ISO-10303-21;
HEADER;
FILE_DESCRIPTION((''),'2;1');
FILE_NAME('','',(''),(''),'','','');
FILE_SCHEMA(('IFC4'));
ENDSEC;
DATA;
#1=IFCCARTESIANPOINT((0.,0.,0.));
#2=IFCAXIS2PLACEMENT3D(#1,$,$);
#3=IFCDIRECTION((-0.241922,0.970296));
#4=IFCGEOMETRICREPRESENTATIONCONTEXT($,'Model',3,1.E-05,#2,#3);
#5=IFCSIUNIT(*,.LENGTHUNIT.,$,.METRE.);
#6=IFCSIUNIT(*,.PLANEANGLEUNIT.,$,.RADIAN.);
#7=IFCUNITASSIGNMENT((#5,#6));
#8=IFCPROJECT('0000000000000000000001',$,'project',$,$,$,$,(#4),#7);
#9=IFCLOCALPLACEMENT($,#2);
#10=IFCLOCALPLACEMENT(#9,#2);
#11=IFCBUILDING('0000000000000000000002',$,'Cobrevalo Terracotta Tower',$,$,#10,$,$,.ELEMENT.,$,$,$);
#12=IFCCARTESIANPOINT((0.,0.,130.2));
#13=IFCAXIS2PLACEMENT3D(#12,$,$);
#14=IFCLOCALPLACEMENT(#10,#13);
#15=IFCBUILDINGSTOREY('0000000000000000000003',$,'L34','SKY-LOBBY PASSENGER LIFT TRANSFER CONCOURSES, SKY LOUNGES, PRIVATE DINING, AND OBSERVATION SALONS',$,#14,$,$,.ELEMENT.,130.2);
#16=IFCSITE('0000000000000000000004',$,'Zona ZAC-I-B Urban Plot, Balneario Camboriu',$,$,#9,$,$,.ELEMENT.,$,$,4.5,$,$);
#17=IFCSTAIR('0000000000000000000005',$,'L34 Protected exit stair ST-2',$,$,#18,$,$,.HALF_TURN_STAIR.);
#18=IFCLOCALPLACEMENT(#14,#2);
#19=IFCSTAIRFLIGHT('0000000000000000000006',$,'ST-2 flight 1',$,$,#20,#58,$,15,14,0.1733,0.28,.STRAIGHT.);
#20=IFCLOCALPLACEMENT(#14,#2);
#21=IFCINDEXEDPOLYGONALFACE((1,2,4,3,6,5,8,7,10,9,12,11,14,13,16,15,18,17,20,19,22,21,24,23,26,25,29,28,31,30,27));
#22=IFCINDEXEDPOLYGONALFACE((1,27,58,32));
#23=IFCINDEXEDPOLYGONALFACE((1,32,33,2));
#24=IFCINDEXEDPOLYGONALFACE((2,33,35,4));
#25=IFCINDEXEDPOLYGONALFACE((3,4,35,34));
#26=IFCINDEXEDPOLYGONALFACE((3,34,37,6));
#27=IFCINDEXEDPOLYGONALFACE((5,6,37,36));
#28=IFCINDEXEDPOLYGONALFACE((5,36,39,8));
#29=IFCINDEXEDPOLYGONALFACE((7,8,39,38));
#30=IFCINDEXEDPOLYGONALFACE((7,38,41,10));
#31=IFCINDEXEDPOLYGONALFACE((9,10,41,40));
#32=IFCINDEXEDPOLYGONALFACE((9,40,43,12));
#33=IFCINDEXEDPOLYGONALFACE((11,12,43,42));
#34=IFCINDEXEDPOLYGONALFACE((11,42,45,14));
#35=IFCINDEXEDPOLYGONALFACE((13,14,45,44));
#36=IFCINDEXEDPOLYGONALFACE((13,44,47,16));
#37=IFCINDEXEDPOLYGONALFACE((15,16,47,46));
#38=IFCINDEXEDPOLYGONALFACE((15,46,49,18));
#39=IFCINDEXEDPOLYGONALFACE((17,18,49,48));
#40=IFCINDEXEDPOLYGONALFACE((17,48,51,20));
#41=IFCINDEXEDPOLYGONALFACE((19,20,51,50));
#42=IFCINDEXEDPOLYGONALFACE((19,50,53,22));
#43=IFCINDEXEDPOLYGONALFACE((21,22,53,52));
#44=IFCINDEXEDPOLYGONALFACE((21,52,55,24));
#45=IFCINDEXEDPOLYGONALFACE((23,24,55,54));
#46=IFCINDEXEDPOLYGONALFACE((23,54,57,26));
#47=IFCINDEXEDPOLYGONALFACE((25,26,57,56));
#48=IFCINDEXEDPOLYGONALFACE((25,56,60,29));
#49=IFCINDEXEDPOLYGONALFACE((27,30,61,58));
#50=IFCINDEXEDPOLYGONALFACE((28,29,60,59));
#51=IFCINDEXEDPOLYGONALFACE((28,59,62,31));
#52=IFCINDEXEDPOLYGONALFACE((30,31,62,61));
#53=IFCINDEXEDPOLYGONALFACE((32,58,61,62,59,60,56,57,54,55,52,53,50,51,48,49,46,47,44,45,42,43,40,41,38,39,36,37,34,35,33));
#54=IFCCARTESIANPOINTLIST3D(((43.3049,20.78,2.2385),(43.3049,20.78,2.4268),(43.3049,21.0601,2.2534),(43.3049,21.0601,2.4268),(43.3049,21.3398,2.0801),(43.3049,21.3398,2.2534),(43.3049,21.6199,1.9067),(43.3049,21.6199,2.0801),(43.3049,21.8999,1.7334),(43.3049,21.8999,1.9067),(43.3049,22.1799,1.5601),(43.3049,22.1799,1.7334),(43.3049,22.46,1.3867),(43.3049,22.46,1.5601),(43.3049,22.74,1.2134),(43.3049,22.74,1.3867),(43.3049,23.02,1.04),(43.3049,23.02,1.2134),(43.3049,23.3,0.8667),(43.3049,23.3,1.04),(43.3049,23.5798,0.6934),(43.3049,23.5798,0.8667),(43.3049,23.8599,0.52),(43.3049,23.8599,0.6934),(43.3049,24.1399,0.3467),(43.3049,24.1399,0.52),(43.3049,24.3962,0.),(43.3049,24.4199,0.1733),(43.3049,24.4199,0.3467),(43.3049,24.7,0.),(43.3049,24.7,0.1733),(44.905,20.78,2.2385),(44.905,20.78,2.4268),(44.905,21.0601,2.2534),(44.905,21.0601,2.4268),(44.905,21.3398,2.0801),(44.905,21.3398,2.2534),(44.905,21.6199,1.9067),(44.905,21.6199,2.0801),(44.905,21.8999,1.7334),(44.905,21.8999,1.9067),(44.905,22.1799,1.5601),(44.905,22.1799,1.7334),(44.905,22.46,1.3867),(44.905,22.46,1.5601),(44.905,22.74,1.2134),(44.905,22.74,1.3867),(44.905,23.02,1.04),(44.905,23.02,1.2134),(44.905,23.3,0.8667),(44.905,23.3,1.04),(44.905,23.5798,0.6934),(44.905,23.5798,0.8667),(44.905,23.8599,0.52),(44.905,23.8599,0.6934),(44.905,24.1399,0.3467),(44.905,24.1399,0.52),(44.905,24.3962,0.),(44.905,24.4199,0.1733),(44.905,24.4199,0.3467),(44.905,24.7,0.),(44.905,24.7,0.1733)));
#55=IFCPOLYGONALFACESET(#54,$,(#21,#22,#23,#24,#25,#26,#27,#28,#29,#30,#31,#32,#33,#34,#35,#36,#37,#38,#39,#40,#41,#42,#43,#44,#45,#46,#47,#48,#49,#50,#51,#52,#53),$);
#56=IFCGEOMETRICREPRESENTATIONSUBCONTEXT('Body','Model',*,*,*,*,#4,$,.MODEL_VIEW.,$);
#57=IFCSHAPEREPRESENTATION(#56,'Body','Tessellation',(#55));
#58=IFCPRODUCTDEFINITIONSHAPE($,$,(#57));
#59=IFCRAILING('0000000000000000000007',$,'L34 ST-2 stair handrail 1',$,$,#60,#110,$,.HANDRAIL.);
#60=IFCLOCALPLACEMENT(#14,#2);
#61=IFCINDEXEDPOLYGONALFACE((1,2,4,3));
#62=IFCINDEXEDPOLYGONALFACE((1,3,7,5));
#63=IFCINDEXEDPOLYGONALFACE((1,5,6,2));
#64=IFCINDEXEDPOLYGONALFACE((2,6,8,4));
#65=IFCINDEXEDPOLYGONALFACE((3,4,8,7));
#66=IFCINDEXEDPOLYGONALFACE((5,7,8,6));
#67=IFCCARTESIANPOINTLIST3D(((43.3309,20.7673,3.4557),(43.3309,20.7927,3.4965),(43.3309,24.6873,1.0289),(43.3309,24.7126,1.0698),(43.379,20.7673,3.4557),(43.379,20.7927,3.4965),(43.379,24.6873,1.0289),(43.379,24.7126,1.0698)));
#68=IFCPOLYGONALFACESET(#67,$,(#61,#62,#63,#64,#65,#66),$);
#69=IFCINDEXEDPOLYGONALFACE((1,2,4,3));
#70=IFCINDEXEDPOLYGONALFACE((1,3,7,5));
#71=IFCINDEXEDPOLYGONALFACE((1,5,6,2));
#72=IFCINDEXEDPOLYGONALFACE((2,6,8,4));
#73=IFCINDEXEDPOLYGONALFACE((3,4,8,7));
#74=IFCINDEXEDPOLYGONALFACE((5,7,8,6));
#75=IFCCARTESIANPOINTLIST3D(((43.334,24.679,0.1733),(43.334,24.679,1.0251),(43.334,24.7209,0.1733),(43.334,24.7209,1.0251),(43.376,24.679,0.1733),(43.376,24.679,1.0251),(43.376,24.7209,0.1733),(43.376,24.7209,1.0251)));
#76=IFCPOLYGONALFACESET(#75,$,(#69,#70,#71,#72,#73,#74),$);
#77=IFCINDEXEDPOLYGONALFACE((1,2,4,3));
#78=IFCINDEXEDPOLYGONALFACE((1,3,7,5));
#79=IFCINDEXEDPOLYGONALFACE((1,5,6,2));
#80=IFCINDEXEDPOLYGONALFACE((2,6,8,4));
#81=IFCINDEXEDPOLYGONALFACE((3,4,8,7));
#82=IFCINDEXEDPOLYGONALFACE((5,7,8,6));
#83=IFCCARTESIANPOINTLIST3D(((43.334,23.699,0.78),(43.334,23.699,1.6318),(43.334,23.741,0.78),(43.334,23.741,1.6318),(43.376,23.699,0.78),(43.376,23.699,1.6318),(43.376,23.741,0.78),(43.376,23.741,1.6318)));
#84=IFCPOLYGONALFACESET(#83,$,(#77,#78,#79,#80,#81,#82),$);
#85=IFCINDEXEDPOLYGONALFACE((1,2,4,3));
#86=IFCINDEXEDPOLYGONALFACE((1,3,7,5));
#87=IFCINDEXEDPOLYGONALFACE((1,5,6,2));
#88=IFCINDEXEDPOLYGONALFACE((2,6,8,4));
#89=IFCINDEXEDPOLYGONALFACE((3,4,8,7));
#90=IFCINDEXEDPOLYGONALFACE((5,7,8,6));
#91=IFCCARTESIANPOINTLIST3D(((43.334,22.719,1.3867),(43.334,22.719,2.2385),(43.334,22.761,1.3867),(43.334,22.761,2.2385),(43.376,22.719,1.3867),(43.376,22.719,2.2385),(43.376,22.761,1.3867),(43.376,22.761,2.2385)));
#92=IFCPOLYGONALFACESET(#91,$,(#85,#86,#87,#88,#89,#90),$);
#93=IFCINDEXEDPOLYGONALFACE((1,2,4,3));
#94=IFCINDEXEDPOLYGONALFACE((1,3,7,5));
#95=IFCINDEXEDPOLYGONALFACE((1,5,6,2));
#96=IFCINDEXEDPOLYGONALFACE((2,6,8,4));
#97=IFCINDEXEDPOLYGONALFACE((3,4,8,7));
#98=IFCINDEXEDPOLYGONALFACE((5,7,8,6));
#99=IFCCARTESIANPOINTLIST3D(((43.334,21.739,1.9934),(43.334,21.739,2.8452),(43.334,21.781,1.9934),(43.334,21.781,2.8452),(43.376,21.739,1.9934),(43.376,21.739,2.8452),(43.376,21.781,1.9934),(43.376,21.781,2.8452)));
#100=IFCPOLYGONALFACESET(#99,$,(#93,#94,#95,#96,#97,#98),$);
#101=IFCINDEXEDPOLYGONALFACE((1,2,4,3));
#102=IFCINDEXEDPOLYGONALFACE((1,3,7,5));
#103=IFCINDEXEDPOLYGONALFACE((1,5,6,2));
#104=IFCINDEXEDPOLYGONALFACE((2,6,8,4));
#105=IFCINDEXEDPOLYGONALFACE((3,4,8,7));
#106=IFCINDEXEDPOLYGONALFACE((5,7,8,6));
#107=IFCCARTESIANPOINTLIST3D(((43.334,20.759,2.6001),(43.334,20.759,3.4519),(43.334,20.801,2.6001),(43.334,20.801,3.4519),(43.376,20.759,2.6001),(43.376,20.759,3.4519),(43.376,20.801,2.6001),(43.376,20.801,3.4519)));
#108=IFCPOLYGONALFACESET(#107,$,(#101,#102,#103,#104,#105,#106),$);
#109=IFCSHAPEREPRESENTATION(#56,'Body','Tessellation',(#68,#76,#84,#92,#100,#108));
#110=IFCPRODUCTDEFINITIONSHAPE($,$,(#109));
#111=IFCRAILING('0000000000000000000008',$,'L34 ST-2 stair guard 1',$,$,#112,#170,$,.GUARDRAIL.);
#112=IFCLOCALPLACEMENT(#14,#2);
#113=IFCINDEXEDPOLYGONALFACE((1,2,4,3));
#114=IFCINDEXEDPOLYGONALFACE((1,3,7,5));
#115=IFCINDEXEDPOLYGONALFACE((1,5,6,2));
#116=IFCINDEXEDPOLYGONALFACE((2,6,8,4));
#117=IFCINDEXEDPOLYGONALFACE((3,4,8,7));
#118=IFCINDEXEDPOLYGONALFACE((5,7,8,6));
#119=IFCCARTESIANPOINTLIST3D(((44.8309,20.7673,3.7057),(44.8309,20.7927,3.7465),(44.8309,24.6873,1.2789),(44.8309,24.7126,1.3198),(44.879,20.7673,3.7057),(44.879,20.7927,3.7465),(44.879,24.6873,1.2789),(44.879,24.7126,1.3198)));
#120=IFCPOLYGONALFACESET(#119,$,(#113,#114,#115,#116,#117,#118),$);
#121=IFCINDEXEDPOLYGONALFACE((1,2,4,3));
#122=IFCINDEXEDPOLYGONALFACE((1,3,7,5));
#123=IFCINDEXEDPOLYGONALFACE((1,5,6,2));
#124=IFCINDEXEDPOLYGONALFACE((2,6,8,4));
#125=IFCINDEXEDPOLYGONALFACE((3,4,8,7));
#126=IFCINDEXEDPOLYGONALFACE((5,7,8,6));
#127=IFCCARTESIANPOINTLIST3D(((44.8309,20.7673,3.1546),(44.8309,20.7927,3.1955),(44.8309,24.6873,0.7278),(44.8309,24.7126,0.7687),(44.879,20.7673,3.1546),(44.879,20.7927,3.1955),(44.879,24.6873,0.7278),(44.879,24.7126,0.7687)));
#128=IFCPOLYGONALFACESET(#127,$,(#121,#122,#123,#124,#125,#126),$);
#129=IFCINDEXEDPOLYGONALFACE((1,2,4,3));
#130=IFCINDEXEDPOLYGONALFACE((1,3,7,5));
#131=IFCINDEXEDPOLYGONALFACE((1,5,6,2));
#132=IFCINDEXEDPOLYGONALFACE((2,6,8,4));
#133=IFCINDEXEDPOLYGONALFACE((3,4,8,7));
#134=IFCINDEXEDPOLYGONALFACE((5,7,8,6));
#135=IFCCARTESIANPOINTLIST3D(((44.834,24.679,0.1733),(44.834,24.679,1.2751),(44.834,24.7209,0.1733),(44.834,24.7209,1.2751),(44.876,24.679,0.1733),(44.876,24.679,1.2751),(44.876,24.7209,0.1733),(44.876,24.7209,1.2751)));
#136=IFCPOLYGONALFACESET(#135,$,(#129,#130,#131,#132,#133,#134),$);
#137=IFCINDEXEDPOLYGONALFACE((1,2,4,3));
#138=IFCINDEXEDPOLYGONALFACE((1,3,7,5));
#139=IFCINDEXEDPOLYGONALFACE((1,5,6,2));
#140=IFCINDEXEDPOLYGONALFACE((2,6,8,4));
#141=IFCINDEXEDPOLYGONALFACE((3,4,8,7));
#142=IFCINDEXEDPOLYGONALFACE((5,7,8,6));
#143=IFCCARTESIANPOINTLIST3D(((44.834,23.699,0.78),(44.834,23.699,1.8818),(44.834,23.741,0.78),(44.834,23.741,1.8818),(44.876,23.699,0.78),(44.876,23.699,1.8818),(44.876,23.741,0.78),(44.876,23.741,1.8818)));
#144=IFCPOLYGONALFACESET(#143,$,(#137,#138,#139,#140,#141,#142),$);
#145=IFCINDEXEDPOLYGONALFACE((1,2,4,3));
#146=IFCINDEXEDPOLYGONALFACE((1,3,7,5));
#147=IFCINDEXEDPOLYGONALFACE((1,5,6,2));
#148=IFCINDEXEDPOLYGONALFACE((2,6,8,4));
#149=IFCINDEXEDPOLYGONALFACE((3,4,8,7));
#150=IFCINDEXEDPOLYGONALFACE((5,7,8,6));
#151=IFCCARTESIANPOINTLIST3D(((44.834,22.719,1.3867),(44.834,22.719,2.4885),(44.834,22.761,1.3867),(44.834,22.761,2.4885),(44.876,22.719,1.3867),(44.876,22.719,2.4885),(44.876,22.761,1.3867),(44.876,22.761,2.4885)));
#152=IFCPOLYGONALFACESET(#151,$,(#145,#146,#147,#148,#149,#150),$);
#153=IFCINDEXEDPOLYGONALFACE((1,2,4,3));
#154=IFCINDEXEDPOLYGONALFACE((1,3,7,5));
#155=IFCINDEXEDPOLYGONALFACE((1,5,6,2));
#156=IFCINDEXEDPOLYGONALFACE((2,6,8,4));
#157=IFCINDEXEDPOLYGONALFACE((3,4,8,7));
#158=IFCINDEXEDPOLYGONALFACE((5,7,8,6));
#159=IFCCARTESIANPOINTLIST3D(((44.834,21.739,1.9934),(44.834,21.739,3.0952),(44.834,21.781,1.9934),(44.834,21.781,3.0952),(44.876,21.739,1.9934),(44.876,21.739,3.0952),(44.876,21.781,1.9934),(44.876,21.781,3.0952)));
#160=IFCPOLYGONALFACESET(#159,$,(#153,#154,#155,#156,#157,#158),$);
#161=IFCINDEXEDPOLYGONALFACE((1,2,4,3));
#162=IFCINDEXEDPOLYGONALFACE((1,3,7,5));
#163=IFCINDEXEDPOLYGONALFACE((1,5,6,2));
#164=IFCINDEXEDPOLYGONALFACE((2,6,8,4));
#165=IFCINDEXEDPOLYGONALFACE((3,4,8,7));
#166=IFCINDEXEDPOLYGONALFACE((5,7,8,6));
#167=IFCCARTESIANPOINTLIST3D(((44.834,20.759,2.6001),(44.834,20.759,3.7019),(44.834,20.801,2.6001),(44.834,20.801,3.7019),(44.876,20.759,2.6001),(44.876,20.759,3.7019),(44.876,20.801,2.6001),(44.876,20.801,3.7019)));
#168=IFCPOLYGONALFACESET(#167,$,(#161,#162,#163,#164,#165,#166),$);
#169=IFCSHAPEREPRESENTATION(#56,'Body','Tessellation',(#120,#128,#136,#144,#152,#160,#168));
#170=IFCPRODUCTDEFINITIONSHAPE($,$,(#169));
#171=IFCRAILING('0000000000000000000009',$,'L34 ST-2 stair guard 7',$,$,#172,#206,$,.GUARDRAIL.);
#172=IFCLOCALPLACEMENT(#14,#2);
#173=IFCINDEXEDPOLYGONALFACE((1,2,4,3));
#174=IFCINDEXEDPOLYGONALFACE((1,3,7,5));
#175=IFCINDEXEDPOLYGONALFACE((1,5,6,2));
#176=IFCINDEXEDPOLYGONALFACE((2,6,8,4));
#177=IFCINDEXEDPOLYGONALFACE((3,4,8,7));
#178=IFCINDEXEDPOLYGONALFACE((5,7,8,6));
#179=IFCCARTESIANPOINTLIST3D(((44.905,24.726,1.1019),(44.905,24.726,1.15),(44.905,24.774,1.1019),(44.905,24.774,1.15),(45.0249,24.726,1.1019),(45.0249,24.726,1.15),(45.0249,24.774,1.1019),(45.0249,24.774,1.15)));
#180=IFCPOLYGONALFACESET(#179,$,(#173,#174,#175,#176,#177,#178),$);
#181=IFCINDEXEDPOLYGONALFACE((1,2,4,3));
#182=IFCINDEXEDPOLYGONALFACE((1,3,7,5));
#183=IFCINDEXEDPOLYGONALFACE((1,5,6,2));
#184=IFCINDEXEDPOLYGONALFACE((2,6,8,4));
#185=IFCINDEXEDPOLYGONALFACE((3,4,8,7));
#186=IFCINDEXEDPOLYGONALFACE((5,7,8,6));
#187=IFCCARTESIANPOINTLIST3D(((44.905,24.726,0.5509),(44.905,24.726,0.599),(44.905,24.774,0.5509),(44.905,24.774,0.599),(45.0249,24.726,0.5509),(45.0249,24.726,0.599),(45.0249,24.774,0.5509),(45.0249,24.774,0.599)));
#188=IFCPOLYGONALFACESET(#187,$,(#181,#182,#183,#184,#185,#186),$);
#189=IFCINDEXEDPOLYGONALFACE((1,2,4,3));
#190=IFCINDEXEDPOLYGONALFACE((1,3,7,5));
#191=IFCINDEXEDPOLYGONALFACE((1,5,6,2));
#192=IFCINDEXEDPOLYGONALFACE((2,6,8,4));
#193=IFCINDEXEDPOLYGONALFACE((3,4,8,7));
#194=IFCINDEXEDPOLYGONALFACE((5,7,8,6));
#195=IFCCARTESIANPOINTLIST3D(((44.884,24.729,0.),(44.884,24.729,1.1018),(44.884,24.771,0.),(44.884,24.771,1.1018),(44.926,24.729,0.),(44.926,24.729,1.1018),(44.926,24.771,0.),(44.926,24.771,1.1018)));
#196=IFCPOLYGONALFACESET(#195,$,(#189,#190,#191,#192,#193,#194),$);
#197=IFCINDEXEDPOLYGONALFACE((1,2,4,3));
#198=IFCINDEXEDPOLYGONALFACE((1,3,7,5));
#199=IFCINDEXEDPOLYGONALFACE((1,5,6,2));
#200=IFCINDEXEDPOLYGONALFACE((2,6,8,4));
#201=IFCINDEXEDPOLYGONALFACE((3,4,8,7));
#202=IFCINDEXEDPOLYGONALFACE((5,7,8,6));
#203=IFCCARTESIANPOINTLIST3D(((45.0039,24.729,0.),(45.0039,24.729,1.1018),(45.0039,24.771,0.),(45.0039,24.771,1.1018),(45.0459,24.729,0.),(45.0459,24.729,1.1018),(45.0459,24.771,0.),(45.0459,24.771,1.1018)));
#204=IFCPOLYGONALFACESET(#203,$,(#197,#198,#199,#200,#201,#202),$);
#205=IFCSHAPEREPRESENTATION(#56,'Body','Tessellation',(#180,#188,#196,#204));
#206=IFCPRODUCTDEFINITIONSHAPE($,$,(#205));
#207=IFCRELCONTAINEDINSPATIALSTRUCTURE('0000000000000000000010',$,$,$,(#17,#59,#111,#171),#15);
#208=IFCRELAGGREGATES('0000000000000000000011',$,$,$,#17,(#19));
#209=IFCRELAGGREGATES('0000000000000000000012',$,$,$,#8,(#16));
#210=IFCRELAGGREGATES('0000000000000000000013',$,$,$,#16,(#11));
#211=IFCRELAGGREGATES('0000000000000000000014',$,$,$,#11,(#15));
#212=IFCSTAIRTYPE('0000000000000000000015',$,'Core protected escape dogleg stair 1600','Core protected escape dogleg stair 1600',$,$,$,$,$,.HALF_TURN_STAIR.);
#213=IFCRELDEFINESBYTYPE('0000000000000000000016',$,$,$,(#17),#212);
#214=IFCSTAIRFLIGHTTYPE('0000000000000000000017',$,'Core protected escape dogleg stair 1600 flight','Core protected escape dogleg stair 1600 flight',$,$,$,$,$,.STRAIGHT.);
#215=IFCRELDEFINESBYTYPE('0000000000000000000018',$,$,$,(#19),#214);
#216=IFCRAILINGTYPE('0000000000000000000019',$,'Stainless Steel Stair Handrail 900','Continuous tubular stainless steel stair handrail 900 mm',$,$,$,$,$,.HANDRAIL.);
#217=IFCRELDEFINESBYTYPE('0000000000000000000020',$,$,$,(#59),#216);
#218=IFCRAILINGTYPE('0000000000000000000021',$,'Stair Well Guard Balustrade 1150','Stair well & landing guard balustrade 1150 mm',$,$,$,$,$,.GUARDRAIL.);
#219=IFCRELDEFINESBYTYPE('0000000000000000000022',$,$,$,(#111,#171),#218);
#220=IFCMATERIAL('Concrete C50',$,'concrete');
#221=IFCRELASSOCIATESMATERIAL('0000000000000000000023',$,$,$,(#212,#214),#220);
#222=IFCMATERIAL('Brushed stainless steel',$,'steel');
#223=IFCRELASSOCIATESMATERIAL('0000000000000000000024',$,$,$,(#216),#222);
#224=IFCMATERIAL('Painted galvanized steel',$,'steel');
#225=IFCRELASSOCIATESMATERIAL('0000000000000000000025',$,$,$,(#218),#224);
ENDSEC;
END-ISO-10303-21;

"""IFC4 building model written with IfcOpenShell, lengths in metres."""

from ifc_helpers import new_model, si_unit, direction, frame, origin, origin_2d, place, context, subcontext, project, spatial, polyline, rectangle, outline, extrude, material, type_object, element, aggregate, save


model = new_model("IFC4")

# Units and contexts
model_context = context("Model", 3, precision=1e-05, world=origin(), true_north=direction((-0.241922, 0.970296)))
body_context = subcontext(model_context, "Body", "Model", "MODEL_VIEW")
ifc_project = project(units=[si_unit("LENGTHUNIT", "METRE"), si_unit("PLANEANGLEUNIT", "RADIAN")], contexts=[model_context])

# Site, building, storey
site_placement = place(None, origin())
site = spatial("IfcSite", under=ifc_project, at=site_placement, Name="Zona ZAC-I-B Urban Plot, Balneario Camboriu", CompositionType="ELEMENT", RefElevation=4.5)
building_placement = place(site_placement, origin())
building = spatial("IfcBuilding", under=site, at=building_placement, Name="Cobrevalo Terracotta Tower", CompositionType="ELEMENT")
storey_placement = place(building_placement, frame((0.0, 0.0, 130.2)))
storey = spatial("IfcBuildingStorey", under=building, at=storey_placement, Name="L34", Description="SKY-LOBBY PASSENGER LIFT TRANSFER CONCOURSES, SKY LOUNGES, PRIVATE DINING, AND OBSERVATION SALONS", CompositionType="ELEMENT", Elevation=130.2)

# Shared definitions
ifc_material_1 = material(Name="Brushed stainless steel", Category="steel")

# Shared definitions
ifc_material_2 = material(Name="Concrete C50", Category="concrete")

# Stair, stair flight
stair_type = type_object("IfcStairType", Name="Core protected escape dogleg stair 1600", Description="Core protected escape dogleg stair 1600", PredefinedType="HALF_TURN_STAIR", material=ifc_material_2)
stair_placement = place(storey_placement, origin())
stair = element("IfcStair", 1, at=stair_placement, inside=storey, type_object=stair_type, Name="L34 Protected exit stair ST-2", PredefinedType="HALF_TURN_STAIR")
stair_flight_type = type_object("IfcStairFlightType", Name="Core protected escape dogleg stair 1600 flight", Description="Core protected escape dogleg stair 1600 flight", PredefinedType="STRAIGHT", material=ifc_material_2)
stair_flight_placement = place(storey_placement, frame((44.105, 24.7, 0.0), z_axis=(0.0, 0.0, 1.0), x_axis=(0.0, -1.0, 0.0)))
stair_flight = element("IfcStairFlight", 2, at=stair_flight_placement, type_object=stair_flight_type, Name="ST-2 flight 1", NumberOfRisers=15, NumberOfTreads=14, PredefinedType="STRAIGHT", RiserHeight=0.1733, TreadLength=0.28, context=body_context, shape_type="SweptSolid", body=[
    extrude(outline(polyline([(0.0, 0.0), (0.0, 0.1733), (0.28, 0.1733), (0.28, 0.3467), (0.5601, 0.3467), (0.5601, 0.52), (0.8401, 0.52), (0.8401, 0.6934), (1.1201, 0.6934), (1.1201, 0.8667), (1.3999, 0.8667), (1.3999, 1.04), (1.6799, 1.04), (1.6799, 1.2134), (1.96, 1.2134), (1.96, 1.3867), (2.24, 1.3867), (2.24, 1.5601), (2.52, 1.5601), (2.52, 1.7334), (2.8, 1.7334), (2.8, 1.9067), (3.0801, 1.9067), (3.0801, 2.0801), (3.3601, 2.0801), (3.3601, 2.2534), (3.6399, 2.2534), (3.6399, 2.4268), (3.9199, 2.4268), (3.9199, 2.6001), (3.9199, 2.2385), (0.3037, 0.0), (0.0, 0.0)])), frame((0.0, 0.8, 0.0), z_axis=(0.0, -1.0, 0.0), x_axis=(1.0, 0.0, 0.0)), (0.0, 0.0, 1.0), 1.6001),
])
aggregate(stair, [stair_flight])

# Railings
railing_type_1 = type_object("IfcRailingType", Name="Stainless Steel Stair Handrail 900", Description="Continuous tubular stainless steel stair handrail 900 mm", PredefinedType="HANDRAIL", material=ifc_material_1)
railing_1_placement = place(storey_placement, frame((43.355, 24.7, 0.1733)))
element("IfcRailing", 3, at=railing_1_placement, inside=storey, type_object=railing_type_1, Name="L34 ST-2 stair handrail 1", PredefinedType="HANDRAIL", context=body_context, shape_type="SweptSolid", body=[
    extrude(rectangle(XDim=0.0481, YDim=0.0481, at=origin_2d()), frame((0.0, 0.0, 0.876), z_axis=(0.0, -0.850252, 0.526376), x_axis=(1.0, 0.0, 0.0)), (0.0, 0.0, 1.0), 4.6104),
    extrude(rectangle(XDim=0.042, YDim=0.042, at=origin_2d()), origin(), (0.0, 0.0, 1.0), 0.8518),
    extrude(rectangle(XDim=0.042, YDim=0.042, at=origin_2d()), frame((0.0, -0.98, 0.6067)), (0.0, 0.0, 1.0), 0.8518),
    extrude(rectangle(XDim=0.042, YDim=0.042, at=origin_2d()), frame((0.0, -1.96, 1.2134)), (0.0, 0.0, 1.0), 0.8518),
    extrude(rectangle(XDim=0.042, YDim=0.042, at=origin_2d()), frame((0.0, -2.9399, 1.8201)), (0.0, 0.0, 1.0), 0.8518),
    extrude(rectangle(XDim=0.042, YDim=0.042, at=origin_2d()), frame((0.0, -3.9199, 2.4268)), (0.0, 0.0, 1.0), 0.8518),
])
ifc_material_3 = material(Name="Painted galvanized steel", Category="steel")
railing_type_2 = type_object("IfcRailingType", Name="Stair Well Guard Balustrade 1150", Description="Stair well & landing guard balustrade 1150 mm", PredefinedType="GUARDRAIL", material=ifc_material_3)
railing_2_placement = place(storey_placement, frame((44.855, 24.7, 0.1733)))
element("IfcRailing", 4, at=railing_2_placement, inside=storey, type_object=railing_type_2, Name="L34 ST-2 stair guard 1", PredefinedType="GUARDRAIL", context=body_context, shape_type="SweptSolid", body=[
    extrude(rectangle(XDim=0.0481, YDim=0.0481, at=origin_2d()), frame((0.0, 0.0, 1.126), z_axis=(0.0, -0.850252, 0.526376), x_axis=(1.0, 0.0, 0.0)), (0.0, 0.0, 1.0), 4.6104),
    extrude(rectangle(XDim=0.0481, YDim=0.0481, at=origin_2d()), frame((0.0, 0.0, 0.575), z_axis=(0.0, -0.850252, 0.526376), x_axis=(1.0, 0.0, 0.0)), (0.0, 0.0, 1.0), 4.6104),
    extrude(rectangle(XDim=0.042, YDim=0.042, at=origin_2d()), origin(), (0.0, 0.0, 1.0), 1.1018),
    extrude(rectangle(XDim=0.042, YDim=0.042, at=origin_2d()), frame((0.0, -0.98, 0.6067)), (0.0, 0.0, 1.0), 1.1018),
    extrude(rectangle(XDim=0.042, YDim=0.042, at=origin_2d()), frame((0.0, -1.96, 1.2134)), (0.0, 0.0, 1.0), 1.1018),
    extrude(rectangle(XDim=0.042, YDim=0.042, at=origin_2d()), frame((0.0, -2.9399, 1.8201)), (0.0, 0.0, 1.0), 1.1018),
    extrude(rectangle(XDim=0.042, YDim=0.042, at=origin_2d()), frame((0.0, -3.9199, 2.4268)), (0.0, 0.0, 1.0), 1.1018),
])
railing_3_placement = place(storey_placement, frame((44.905, 24.75, 0.0)))
element("IfcRailing", 5, at=railing_3_placement, inside=storey, type_object=railing_type_2, Name="L34 ST-2 stair guard 7", PredefinedType="GUARDRAIL", context=body_context, shape_type="SweptSolid", body=[
    extrude(rectangle(XDim=0.0481, YDim=0.0481, at=origin_2d()), frame((0.0, 0.0, 1.126), z_axis=(1.0, 0.0, 0.0), x_axis=(0.0, 1.0, 0.0)), (0.0, 0.0, 1.0), 0.1199),
    extrude(rectangle(XDim=0.0481, YDim=0.0481, at=origin_2d()), frame((0.0, 0.0, 0.575), z_axis=(1.0, 0.0, 0.0), x_axis=(0.0, 1.0, 0.0)), (0.0, 0.0, 1.0), 0.1199),
    extrude(rectangle(XDim=0.042, YDim=0.042, at=origin_2d()), origin(), (0.0, 0.0, 1.0), 1.1018),
    extrude(rectangle(XDim=0.042, YDim=0.042, at=origin_2d()), frame((0.1199, 0.0, 0.0)), (0.0, 0.0, 1.0), 1.1018),
])

save(model, "model.ifc")
